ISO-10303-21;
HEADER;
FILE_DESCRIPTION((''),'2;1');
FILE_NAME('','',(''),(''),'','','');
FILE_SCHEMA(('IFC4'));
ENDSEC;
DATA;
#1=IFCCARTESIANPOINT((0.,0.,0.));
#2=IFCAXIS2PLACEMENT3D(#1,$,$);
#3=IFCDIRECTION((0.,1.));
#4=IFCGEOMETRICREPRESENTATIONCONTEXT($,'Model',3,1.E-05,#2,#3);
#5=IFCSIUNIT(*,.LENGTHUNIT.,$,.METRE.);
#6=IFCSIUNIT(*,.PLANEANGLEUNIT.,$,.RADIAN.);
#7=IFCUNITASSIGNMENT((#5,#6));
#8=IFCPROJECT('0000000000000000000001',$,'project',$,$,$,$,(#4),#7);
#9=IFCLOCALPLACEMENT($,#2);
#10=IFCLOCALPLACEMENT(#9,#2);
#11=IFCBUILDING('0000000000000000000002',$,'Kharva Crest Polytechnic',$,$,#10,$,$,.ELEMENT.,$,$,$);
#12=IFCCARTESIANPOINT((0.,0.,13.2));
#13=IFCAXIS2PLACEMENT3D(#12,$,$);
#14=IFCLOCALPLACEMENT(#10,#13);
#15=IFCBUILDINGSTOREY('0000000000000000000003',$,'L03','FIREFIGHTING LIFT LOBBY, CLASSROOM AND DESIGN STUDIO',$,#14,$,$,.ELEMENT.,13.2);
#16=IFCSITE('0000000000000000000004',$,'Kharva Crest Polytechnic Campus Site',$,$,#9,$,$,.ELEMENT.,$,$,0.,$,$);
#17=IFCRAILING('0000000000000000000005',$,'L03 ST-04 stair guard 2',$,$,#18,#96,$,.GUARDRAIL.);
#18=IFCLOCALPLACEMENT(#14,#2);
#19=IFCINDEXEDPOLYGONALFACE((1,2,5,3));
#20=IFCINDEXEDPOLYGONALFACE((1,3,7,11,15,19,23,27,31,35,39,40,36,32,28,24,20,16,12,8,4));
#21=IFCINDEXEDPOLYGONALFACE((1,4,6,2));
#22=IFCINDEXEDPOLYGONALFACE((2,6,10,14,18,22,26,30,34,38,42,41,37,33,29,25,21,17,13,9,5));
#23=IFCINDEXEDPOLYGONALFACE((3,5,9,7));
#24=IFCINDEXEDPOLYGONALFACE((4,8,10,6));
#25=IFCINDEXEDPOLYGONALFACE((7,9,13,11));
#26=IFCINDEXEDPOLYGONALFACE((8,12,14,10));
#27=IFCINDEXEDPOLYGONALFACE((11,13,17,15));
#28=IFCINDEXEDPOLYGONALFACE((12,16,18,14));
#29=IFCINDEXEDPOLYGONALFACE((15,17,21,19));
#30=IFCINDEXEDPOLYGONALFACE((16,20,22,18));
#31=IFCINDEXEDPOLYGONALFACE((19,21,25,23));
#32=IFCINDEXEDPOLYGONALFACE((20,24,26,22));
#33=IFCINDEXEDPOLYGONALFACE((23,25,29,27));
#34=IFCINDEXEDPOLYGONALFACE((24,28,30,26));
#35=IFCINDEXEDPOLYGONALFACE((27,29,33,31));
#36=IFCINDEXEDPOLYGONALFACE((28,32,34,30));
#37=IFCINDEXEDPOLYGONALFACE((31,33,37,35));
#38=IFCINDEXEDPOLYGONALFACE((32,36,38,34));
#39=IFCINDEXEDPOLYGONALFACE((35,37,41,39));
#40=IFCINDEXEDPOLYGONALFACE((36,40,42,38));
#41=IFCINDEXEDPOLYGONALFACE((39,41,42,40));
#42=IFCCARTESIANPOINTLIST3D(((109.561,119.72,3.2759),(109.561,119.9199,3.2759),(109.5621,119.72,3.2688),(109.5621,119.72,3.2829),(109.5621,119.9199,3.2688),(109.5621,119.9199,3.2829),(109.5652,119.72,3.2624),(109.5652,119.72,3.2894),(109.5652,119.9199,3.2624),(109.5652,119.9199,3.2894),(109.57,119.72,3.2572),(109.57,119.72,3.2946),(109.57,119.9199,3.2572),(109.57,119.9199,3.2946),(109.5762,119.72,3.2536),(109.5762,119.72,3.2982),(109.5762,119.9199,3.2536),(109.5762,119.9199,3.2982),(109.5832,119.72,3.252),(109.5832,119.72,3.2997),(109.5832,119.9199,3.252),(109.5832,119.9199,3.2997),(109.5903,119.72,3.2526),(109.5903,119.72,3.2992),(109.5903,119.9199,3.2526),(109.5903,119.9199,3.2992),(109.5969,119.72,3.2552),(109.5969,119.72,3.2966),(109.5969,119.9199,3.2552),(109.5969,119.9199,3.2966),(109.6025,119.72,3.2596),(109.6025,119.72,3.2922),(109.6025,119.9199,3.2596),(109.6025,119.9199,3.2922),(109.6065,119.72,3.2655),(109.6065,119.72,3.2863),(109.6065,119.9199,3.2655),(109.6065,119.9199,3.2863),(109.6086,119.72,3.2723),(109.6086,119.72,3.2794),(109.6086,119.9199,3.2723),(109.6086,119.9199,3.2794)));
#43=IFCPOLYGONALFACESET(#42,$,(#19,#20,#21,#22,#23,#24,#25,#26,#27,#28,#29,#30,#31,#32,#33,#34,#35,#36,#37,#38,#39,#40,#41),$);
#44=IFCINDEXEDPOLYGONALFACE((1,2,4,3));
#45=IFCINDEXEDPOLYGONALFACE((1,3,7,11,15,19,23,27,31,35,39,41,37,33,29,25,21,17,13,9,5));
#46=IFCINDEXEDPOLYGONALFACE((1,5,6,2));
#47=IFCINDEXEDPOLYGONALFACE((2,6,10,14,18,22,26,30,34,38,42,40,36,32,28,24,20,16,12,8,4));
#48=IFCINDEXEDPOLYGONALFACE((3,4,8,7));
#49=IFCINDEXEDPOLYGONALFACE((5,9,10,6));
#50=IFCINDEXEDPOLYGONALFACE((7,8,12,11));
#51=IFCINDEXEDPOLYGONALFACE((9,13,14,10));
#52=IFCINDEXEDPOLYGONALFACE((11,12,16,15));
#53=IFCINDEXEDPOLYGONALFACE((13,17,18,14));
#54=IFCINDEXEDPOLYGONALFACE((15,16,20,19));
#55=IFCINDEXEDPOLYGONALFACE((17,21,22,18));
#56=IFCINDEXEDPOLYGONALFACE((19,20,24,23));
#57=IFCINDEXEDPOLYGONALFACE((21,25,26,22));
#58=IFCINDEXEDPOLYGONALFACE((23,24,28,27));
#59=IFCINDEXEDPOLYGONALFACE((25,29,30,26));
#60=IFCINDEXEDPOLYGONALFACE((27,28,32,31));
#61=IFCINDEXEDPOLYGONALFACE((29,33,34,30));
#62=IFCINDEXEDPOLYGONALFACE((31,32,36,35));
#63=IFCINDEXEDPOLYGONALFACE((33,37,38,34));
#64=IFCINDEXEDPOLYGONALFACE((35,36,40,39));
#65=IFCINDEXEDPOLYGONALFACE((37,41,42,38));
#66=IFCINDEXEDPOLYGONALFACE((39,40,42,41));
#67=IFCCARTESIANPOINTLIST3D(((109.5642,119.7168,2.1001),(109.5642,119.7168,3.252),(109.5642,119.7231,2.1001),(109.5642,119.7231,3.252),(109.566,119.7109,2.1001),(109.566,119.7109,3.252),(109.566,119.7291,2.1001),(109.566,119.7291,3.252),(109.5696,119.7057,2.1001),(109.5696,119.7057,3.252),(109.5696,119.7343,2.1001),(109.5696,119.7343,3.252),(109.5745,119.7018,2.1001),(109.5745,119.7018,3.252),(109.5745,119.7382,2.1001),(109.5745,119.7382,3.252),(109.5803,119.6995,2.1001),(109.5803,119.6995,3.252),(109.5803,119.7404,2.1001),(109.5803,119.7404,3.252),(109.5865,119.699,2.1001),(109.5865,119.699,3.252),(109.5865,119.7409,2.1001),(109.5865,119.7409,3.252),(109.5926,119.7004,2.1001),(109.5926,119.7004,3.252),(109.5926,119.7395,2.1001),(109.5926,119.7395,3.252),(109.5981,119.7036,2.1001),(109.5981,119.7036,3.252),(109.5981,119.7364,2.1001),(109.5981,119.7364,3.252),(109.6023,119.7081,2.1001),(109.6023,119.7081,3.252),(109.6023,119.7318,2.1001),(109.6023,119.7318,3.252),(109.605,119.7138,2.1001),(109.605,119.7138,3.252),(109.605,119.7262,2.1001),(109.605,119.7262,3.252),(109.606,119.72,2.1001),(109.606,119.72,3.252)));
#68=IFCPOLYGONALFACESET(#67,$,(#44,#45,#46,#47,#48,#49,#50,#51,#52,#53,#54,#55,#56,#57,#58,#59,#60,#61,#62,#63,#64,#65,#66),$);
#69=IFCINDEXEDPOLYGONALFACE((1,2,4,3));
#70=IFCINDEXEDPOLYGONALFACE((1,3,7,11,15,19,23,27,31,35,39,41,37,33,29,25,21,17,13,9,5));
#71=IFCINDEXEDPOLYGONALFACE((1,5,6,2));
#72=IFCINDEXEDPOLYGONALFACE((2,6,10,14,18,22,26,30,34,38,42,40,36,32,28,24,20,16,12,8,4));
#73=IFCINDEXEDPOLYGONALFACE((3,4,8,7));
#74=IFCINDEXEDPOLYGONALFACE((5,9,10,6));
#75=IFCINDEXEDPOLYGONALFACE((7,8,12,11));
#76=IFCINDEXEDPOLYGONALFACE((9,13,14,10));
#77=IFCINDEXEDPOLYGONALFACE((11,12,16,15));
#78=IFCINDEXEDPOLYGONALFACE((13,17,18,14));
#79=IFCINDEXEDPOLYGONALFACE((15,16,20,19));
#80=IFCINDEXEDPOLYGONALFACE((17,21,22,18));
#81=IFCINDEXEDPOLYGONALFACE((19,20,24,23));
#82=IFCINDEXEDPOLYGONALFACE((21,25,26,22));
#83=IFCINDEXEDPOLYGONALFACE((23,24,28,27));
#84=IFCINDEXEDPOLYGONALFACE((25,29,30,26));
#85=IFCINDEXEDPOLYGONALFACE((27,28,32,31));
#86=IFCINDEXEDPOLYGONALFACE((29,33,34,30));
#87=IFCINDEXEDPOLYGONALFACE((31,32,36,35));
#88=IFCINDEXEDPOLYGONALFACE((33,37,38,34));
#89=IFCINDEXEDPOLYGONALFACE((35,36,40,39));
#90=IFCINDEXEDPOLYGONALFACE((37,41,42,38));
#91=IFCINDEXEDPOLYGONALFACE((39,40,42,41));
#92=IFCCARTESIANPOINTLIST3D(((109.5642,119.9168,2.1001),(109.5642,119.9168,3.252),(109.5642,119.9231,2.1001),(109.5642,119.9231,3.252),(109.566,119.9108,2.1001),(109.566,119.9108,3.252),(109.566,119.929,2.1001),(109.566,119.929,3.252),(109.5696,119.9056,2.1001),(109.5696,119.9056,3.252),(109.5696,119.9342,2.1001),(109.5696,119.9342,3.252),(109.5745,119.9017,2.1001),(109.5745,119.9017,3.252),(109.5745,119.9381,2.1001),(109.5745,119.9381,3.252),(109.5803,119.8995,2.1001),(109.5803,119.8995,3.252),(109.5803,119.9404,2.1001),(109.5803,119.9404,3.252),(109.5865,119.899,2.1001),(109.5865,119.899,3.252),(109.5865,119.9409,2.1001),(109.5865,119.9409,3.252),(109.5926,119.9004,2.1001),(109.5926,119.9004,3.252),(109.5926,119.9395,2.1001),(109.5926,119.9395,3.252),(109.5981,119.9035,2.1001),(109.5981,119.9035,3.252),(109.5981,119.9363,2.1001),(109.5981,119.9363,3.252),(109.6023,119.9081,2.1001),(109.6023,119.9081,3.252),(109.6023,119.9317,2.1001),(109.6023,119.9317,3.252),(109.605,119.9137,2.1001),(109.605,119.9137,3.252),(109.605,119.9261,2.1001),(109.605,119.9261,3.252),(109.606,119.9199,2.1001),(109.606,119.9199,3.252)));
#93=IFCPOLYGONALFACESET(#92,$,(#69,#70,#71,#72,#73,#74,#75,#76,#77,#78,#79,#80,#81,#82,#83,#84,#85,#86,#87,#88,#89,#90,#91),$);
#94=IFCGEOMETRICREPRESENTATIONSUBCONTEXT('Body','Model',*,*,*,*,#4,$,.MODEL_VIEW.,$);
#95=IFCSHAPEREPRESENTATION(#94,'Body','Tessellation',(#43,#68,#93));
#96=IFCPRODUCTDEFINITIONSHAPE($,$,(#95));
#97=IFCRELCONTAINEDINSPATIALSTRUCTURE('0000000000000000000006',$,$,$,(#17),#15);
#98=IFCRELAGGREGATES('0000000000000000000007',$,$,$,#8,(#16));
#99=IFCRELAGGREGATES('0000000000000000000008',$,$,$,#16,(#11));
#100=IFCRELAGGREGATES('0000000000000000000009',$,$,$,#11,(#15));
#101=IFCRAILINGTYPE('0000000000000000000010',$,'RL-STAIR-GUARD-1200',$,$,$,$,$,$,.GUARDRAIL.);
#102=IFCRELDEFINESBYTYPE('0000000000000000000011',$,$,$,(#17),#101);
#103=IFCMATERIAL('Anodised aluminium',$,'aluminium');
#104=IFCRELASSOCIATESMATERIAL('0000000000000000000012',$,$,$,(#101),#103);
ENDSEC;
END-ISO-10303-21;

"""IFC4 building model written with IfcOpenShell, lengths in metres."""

from ifc_helpers import new_model, si_unit, direction, frame, origin, origin_2d, place, context, subcontext, project, spatial, circle, extrude, material, type_object, element, save


model = new_model("IFC4")

# Units and contexts
model_context = context("Model", 3, precision=1e-05, world=origin(), true_north=direction((0.0, 1.0)))
body_context = subcontext(model_context, "Body", "Model", "MODEL_VIEW")
ifc_project = project(units=[si_unit("LENGTHUNIT", "METRE"), si_unit("PLANEANGLEUNIT", "RADIAN")], contexts=[model_context])

# Site, building, storey
site_placement = place(None, origin())
site = spatial("IfcSite", under=ifc_project, at=site_placement, Name="Kharva Crest Polytechnic Campus Site", CompositionType="ELEMENT", RefElevation=0.0)
building_placement = place(site_placement, origin())
building = spatial("IfcBuilding", under=site, at=building_placement, Name="Kharva Crest Polytechnic", CompositionType="ELEMENT")
storey_placement = place(building_placement, frame((0.0, 0.0, 13.2)))
storey = spatial("IfcBuildingStorey", under=building, at=storey_placement, Name="L03", Description="FIREFIGHTING LIFT LOBBY, CLASSROOM AND DESIGN STUDIO", CompositionType="ELEMENT", Elevation=13.2)

# Shared definitions
ifc_material_1 = material(Name="Anodised aluminium", Category="aluminium")

# Railing
railing_type_1 = type_object("IfcRailingType", Name="RL-STAIR-GUARD-1200", PredefinedType="GUARDRAIL", material=ifc_material_1)
railing_1_placement = place(storey_placement, frame((109.585, 119.72, 2.1001)))
element("IfcRailing", 1, at=railing_1_placement, inside=storey, type_object=railing_type_1, Name="L03 ST-04 stair guard 2", PredefinedType="GUARDRAIL", context=body_context, shape_type="SweptSolid", body=[
    extrude(circle(Radius=0.0239, at=origin_2d()), frame((0.0, 0.0, 1.1758), z_axis=(0.0, 1.0, 0.0), x_axis=(-1.0, 0.0, 0.0)), (0.0, 0.0, 1.0), 0.2),
    extrude(circle(Radius=0.021, at=origin_2d()), origin(), (0.0, 0.0, 1.0), 1.1519),
    extrude(circle(Radius=0.021, at=origin_2d()), frame((0.0, 0.2, 0.0)), (0.0, 0.0, 1.0), 1.1519),
])

save(model, "model.ifc")
